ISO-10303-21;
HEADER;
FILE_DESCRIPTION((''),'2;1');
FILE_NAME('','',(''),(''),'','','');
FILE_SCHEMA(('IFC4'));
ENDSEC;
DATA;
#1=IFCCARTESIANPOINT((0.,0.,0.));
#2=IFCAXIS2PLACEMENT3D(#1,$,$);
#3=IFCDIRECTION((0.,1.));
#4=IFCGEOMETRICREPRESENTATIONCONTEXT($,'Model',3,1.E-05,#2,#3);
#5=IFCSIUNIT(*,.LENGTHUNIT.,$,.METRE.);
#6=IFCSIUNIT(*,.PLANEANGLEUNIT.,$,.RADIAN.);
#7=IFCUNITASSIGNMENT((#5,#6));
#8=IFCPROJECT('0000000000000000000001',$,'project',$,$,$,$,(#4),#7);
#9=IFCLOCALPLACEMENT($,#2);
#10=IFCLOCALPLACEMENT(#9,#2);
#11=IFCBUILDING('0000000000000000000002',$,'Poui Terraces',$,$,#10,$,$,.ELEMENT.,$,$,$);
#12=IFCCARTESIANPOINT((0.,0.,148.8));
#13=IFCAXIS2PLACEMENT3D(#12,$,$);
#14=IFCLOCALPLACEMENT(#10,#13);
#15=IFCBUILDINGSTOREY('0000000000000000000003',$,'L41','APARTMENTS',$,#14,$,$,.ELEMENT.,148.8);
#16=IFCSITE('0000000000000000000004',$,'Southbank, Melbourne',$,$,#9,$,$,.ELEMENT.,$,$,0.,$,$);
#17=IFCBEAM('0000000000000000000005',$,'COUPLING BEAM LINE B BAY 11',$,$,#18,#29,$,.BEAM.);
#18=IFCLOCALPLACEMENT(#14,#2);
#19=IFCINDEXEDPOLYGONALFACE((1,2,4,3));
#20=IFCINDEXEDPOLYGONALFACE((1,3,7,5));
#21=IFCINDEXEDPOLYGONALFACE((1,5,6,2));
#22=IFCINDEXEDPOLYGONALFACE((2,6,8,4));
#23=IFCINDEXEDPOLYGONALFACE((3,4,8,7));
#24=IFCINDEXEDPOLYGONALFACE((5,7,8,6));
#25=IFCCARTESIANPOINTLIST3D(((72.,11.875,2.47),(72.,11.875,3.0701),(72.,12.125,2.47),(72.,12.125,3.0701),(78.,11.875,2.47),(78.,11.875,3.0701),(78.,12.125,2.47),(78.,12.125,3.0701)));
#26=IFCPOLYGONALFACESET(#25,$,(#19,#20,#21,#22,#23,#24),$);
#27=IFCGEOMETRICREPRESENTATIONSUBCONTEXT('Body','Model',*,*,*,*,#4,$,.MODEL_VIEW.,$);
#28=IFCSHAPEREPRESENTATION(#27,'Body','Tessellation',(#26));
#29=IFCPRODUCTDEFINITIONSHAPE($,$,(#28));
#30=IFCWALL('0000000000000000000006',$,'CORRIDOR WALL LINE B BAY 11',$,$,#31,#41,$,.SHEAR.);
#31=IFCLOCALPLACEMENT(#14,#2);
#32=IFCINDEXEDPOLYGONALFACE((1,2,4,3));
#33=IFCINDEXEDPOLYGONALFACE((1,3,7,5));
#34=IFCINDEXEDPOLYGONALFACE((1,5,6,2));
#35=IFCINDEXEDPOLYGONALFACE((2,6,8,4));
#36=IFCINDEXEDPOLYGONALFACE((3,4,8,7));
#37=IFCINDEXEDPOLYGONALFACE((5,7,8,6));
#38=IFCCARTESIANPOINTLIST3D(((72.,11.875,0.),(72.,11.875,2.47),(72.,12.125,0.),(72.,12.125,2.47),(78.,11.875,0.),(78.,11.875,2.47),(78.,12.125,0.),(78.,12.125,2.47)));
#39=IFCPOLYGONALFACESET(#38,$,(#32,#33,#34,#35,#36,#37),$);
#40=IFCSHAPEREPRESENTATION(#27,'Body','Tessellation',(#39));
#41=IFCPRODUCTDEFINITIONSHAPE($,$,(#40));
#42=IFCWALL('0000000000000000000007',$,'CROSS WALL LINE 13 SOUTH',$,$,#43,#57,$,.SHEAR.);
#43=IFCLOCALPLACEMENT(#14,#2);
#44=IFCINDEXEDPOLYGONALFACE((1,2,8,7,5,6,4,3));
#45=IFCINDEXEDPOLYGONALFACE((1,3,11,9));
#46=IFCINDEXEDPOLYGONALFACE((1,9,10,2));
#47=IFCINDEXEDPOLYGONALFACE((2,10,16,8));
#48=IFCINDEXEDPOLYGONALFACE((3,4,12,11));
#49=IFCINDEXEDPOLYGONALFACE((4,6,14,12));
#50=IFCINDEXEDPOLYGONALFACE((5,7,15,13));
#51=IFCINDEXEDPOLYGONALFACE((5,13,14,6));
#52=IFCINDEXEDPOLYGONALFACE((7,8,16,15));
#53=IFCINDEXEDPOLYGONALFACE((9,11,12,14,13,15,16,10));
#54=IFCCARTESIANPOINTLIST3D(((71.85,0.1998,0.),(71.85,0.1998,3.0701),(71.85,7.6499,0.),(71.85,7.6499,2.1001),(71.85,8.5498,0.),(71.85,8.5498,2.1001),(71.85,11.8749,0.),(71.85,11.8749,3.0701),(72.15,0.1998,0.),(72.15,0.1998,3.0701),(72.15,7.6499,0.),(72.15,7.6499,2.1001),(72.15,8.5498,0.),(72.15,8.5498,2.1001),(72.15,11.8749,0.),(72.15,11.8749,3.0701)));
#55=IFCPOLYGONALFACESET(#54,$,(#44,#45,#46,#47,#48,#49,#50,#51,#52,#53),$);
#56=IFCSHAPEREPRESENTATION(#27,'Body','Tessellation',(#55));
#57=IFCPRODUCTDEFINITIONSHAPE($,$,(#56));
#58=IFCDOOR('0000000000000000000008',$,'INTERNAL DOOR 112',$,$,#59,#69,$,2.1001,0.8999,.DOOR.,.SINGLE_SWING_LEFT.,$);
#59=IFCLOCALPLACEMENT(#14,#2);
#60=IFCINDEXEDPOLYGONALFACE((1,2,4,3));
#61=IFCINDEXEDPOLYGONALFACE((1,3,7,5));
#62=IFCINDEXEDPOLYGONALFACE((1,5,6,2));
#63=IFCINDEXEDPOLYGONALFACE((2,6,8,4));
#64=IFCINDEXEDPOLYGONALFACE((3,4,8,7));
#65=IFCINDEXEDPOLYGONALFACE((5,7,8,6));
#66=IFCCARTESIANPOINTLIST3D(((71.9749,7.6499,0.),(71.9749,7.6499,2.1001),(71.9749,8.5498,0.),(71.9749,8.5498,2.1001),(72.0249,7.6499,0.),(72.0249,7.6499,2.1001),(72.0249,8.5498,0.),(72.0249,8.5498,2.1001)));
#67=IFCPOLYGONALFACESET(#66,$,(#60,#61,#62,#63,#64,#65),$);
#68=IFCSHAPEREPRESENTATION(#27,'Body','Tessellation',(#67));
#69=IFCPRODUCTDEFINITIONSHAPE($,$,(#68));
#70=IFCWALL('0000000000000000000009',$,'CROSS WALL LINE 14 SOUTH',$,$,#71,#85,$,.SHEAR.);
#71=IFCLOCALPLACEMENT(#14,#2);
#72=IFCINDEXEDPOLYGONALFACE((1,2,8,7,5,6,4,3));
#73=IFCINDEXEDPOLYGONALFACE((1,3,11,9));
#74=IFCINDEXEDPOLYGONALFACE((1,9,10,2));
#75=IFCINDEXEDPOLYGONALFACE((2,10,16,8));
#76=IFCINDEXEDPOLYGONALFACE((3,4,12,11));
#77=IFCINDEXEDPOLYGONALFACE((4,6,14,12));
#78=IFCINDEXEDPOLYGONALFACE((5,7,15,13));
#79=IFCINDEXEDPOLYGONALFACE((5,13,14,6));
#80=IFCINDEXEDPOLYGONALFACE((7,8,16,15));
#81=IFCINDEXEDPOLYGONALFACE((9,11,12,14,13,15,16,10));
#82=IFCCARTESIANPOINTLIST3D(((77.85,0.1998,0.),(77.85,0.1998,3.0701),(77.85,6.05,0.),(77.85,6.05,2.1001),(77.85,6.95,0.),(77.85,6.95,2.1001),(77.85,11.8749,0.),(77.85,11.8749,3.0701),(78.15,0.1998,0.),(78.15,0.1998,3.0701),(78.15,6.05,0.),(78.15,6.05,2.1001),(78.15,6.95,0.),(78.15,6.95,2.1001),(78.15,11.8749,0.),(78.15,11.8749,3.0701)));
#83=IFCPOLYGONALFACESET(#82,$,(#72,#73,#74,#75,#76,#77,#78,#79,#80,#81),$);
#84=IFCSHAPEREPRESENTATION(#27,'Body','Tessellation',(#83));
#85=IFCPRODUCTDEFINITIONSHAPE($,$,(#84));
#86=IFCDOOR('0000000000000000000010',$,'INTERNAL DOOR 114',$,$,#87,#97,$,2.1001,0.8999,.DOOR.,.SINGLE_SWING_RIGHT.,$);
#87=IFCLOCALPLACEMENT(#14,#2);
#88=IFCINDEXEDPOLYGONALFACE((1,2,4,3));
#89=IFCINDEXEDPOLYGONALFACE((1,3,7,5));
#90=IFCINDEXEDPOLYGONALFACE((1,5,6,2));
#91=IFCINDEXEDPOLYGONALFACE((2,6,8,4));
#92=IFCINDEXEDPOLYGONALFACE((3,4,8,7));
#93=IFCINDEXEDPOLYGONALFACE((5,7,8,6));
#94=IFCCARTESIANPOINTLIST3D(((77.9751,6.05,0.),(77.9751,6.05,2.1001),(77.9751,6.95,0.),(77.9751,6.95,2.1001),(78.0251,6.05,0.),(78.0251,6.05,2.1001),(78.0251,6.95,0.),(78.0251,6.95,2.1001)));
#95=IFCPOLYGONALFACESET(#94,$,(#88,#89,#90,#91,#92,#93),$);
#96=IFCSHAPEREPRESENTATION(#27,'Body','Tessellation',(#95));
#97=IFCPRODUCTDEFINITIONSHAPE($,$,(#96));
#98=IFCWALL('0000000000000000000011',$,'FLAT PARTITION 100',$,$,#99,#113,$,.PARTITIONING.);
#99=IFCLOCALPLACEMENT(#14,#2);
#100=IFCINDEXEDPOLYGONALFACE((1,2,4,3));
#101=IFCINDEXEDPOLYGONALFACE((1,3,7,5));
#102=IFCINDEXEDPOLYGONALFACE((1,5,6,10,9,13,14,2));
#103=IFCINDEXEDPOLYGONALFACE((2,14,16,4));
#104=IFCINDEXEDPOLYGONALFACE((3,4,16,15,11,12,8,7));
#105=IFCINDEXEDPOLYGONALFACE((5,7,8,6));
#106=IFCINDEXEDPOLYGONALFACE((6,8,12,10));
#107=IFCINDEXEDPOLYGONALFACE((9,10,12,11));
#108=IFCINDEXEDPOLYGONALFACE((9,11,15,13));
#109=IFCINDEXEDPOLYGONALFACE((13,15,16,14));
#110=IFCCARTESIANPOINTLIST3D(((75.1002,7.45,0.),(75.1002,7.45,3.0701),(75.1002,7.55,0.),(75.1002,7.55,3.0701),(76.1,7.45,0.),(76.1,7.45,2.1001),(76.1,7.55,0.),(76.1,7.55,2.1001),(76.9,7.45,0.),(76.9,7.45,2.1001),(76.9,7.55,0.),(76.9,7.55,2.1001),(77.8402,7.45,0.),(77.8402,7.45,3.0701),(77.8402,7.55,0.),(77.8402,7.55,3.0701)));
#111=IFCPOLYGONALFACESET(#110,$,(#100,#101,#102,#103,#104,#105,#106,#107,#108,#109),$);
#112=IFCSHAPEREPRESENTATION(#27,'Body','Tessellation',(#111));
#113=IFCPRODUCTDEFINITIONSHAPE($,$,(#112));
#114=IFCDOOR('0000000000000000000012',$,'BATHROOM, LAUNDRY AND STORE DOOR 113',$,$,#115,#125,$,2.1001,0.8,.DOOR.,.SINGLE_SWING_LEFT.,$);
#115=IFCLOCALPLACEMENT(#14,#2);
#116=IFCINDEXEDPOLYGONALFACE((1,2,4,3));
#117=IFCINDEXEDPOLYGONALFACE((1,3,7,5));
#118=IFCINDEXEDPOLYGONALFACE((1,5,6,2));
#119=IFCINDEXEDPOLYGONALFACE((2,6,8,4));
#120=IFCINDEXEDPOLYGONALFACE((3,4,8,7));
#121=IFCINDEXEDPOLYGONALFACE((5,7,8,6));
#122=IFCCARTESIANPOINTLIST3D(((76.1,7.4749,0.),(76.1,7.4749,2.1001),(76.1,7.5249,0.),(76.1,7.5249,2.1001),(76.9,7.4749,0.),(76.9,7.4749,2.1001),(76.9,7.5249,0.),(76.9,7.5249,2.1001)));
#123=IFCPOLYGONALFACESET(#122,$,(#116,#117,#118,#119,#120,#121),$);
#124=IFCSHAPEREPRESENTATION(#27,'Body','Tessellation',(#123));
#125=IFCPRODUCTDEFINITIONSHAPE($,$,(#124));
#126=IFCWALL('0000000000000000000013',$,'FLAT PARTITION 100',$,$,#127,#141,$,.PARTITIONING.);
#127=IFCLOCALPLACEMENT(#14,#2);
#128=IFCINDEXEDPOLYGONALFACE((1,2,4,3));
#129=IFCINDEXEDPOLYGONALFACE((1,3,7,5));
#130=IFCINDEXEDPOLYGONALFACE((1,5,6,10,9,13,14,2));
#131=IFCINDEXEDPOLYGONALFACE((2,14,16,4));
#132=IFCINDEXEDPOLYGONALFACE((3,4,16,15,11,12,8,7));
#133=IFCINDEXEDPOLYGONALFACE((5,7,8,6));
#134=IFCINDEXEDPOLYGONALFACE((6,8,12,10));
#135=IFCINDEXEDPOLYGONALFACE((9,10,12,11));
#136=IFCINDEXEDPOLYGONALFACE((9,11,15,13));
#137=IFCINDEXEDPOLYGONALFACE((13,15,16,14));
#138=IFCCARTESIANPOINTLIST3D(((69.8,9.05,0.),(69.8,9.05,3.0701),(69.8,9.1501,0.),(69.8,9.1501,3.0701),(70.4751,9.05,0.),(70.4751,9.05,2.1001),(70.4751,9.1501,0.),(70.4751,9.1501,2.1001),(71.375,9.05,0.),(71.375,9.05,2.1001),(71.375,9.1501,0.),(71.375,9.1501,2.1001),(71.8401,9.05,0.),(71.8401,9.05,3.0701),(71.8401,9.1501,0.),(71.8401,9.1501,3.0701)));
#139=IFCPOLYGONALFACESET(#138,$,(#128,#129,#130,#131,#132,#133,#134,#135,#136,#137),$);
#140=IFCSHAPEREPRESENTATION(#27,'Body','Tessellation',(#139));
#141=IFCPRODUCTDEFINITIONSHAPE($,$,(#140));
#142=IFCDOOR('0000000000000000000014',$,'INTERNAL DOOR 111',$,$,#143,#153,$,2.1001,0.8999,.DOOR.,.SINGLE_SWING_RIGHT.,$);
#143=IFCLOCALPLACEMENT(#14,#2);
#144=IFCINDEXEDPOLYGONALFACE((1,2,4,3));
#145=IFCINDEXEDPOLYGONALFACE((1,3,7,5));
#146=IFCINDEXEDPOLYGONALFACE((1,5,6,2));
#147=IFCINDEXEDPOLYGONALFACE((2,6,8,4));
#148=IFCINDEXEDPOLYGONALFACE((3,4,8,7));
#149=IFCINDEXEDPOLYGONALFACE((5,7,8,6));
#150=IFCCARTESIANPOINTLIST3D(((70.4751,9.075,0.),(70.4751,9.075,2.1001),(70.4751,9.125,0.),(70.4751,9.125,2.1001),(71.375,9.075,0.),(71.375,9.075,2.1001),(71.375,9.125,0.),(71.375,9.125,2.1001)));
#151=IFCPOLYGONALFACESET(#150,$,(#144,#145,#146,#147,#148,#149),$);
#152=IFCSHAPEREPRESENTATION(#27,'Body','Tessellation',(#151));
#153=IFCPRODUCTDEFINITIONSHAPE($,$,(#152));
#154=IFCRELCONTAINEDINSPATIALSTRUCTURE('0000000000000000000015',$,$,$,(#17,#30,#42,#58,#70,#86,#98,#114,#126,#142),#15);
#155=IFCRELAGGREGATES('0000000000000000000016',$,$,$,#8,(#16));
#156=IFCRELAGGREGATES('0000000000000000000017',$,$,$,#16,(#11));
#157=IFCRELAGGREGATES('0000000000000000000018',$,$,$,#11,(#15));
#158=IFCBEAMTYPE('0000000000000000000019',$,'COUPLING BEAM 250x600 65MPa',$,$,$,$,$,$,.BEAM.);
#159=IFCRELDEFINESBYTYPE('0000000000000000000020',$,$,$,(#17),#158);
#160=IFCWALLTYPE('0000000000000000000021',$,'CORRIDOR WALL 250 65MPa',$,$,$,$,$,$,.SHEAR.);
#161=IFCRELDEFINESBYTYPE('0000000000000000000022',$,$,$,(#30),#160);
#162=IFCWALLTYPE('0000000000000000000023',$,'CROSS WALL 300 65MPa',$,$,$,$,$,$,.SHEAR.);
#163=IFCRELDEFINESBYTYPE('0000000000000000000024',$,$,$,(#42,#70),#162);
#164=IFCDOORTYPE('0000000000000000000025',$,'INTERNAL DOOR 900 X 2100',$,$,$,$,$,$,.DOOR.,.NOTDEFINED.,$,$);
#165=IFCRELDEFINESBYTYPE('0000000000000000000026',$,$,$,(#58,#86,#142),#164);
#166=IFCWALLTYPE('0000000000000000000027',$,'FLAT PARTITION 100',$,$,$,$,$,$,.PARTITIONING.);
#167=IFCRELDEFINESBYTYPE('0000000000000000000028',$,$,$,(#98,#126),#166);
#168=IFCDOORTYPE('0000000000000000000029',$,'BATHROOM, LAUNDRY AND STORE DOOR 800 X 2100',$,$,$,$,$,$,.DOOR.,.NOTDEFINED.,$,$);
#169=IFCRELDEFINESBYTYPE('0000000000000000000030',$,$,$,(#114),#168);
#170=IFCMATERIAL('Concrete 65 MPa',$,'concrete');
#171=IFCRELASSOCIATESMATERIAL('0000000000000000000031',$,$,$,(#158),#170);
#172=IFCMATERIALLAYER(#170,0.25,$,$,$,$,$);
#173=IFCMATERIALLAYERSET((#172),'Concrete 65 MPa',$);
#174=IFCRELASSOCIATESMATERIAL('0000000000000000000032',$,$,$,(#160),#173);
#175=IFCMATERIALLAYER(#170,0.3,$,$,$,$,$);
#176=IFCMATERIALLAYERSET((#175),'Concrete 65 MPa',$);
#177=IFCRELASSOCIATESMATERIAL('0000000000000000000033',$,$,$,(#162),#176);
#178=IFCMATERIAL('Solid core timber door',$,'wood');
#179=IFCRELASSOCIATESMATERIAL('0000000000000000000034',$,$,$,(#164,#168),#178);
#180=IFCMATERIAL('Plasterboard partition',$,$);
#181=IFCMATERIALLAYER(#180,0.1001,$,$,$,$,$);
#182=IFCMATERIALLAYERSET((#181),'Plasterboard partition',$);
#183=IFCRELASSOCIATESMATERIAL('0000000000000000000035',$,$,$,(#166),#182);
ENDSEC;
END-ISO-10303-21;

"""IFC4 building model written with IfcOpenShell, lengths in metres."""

from ifc_helpers import new_model, si_unit, direction, frame, frame_2d, origin, origin_2d, place, context, subcontext, project, spatial, rectangle, extrude, source, transform, mapped, material, layer, layer_set, material_profile, profile_set, type_object, element, fill, save


model = new_model("IFC4")

# Units and contexts
model_context = context("Model", 3, precision=1e-05, world=origin(), true_north=direction((0.0, 1.0)))
body_context = subcontext(model_context, "Body", "Model", "MODEL_VIEW")
ifc_project = project(units=[si_unit("LENGTHUNIT", "METRE"), si_unit("PLANEANGLEUNIT", "RADIAN")], contexts=[model_context])

# Site, building, storey
site_placement = place(None, origin())
site = spatial("IfcSite", under=ifc_project, at=site_placement, Name="Southbank, Melbourne", CompositionType="ELEMENT", RefElevation=0.0)
building_placement = place(site_placement, origin())
building = spatial("IfcBuilding", under=site, at=building_placement, Name="Poui Terraces", CompositionType="ELEMENT")
storey_placement = place(building_placement, frame((0.0, 0.0, 148.8)))
storey = spatial("IfcBuildingStorey", under=building, at=storey_placement, Name="L41", Description="APARTMENTS", CompositionType="ELEMENT", Elevation=148.8)

# Beam
ifc_material_1 = material(Name="Concrete 65 MPa", Category="concrete")
ifc_material_profile = material_profile(ifc_material_1, rectangle(XDim=0.25, YDim=0.6001, at=origin_2d()), Name="RC 250x600")
ifc_profile_set = profile_set([ifc_material_profile], Name="Concrete 65 MPa")
beam_type = type_object("IfcBeamType", Name="COUPLING BEAM 250x600 65MPa", PredefinedType="BEAM", material=ifc_profile_set)
shared_shape = source(origin(), body_context, "Body", "SweptSolid", [
    extrude(rectangle(XDim=0.25, YDim=0.6001, at=origin_2d()), origin(), (0.0, 0.0, 1.0), 6.0),
])
beam_placement = place(storey_placement, frame((72.0, 12.0, 2.77), z_axis=(1.0, 0.0, 0.0), x_axis=(0.0, 1.0, 0.0)))
element("IfcBeam", 1, at=beam_placement, inside=storey, type_object=beam_type, Name="COUPLING BEAM LINE B BAY 11", PredefinedType="BEAM", context=body_context, shape_type="MappedRepresentation", body=[
    mapped(shared_shape, transform((0.0, 0.0, 0.0))),
])

# Wall
ifc_layer_1 = layer(ifc_material_1, 0.25)
ifc_layer_set_1 = layer_set([ifc_layer_1], Name="Concrete 65 MPa")
wall_type_1 = type_object("IfcWallType", Name="CORRIDOR WALL 250 65MPa", PredefinedType="SHEAR", material=ifc_layer_set_1)
wall_1_placement = place(storey_placement, frame((72.0, 12.0, 0.0), z_axis=(0.0, 0.0, 1.0), x_axis=(1.0, 0.0, 0.0)))
element("IfcWall", 2, at=wall_1_placement, inside=storey, type_object=wall_type_1, Name="CORRIDOR WALL LINE B BAY 11", PredefinedType="SHEAR", context=body_context, shape_type="SweptSolid", body=[
    extrude(rectangle(XDim=6.0, YDim=0.25, at=frame_2d((3.0, 0.0))), origin(), (0.0, 0.0, 1.0), 2.47),
])

# Walls, openings, doors
ifc_layer_2 = layer(ifc_material_1, 0.3)
ifc_layer_set_2 = layer_set([ifc_layer_2], Name="Concrete 65 MPa")
wall_type_2 = type_object("IfcWallType", Name="CROSS WALL 300 65MPa", PredefinedType="SHEAR", material=ifc_layer_set_2)
wall_2_placement = place(storey_placement, frame((72.0, 0.2, 0.0), z_axis=(0.0, 0.0, 1.0), x_axis=(0.0, 1.0, 0.0)))
wall_2 = element("IfcWall", 3, at=wall_2_placement, inside=storey, type_object=wall_type_2, Name="CROSS WALL LINE 13 SOUTH", PredefinedType="SHEAR", context=body_context, shape_type="SweptSolid", body=[
    extrude(rectangle(XDim=11.675, YDim=0.3, at=frame_2d((5.8374, 0.0))), origin(), (0.0, 0.0, 1.0), 3.0701),
])
opening_1_placement = place(wall_2_placement, frame((7.45, 0.0, 0.0)))
opening_1 = element("IfcOpeningElement", 4, at=opening_1_placement, cuts=wall_2, PredefinedType="OPENING", context=body_context, shape_type="SweptSolid", body=[
    extrude(rectangle(XDim=0.8999, YDim=2.1001, at=frame_2d((0.45, 1.05))), frame((0.0, 0.1602, 0.0), z_axis=(0.0, -1.0, 0.0), x_axis=(1.0, 0.0, 0.0)), (0.0, 0.0, 1.0), 0.3201),
])
ifc_material_2 = material(Name="Solid core timber door", Category="wood")
door_type_1 = type_object("IfcDoorType", Name="INTERNAL DOOR 900 X 2100", OperationType="NOTDEFINED", PredefinedType="DOOR", material=ifc_material_2)
door_1_placement = place(opening_1_placement, frame((0.8999, 0.0, 0.0), z_axis=(0.0, 0.0, 1.0), x_axis=(-1.0, 0.0, 0.0)))
door_1 = element("IfcDoor", 5, at=door_1_placement, inside=storey, type_object=door_type_1, Name="INTERNAL DOOR 112", OperationType="SINGLE_SWING_LEFT", OverallHeight=2.1001, OverallWidth=0.8999, PredefinedType="DOOR", context=body_context, shape_type="SweptSolid", body=[
    extrude(rectangle(XDim=0.8999, YDim=2.1001, at=frame_2d((0.45, 1.05))), frame((0.0, 0.0249, 0.0), z_axis=(0.0, -1.0, 0.0), x_axis=(1.0, 0.0, 0.0)), (0.0, 0.0, 1.0), 0.05),
])
fill(opening_1, door_1)
wall_3_placement = place(storey_placement, frame((78.0, 0.2, 0.0), z_axis=(0.0, 0.0, 1.0), x_axis=(0.0, 1.0, 0.0)))
wall_3 = element("IfcWall", 6, at=wall_3_placement, inside=storey, type_object=wall_type_2, Name="CROSS WALL LINE 14 SOUTH", PredefinedType="SHEAR", context=body_context, shape_type="SweptSolid", body=[
    extrude(rectangle(XDim=11.675, YDim=0.3, at=frame_2d((5.8374, 0.0))), origin(), (0.0, 0.0, 1.0), 3.0701),
])
opening_2_placement = place(wall_3_placement, frame((5.8501, 0.0, 0.0)))
opening_2 = element("IfcOpeningElement", 7, at=opening_2_placement, cuts=wall_3, PredefinedType="OPENING", context=body_context, shape_type="SweptSolid", body=[
    extrude(rectangle(XDim=0.8999, YDim=2.1001, at=frame_2d((0.45, 1.05))), frame((0.0, 0.1602, 0.0), z_axis=(0.0, -1.0, 0.0), x_axis=(1.0, 0.0, 0.0)), (0.0, 0.0, 1.0), 0.3201),
])
door_2_placement = place(opening_2_placement, origin())
door_2 = element("IfcDoor", 8, at=door_2_placement, inside=storey, type_object=door_type_1, Name="INTERNAL DOOR 114", OperationType="SINGLE_SWING_RIGHT", OverallHeight=2.1001, OverallWidth=0.8999, PredefinedType="DOOR", context=body_context, shape_type="SweptSolid", body=[
    extrude(rectangle(XDim=0.8999, YDim=2.1001, at=frame_2d((0.45, 1.05))), frame((0.0, 0.0249, 0.0), z_axis=(0.0, -1.0, 0.0), x_axis=(1.0, 0.0, 0.0)), (0.0, 0.0, 1.0), 0.05),
])
fill(opening_2, door_2)
ifc_material_3 = material(Name="Plasterboard partition")
ifc_layer_3 = layer(ifc_material_3, 0.1001)
ifc_layer_set_3 = layer_set([ifc_layer_3], Name="Plasterboard partition")
wall_type_3 = type_object("IfcWallType", Name="FLAT PARTITION 100", PredefinedType="PARTITIONING", material=ifc_layer_set_3)
wall_4_placement = place(storey_placement, frame((75.1001, 7.5, 0.0), z_axis=(0.0, 0.0, 1.0), x_axis=(1.0, 0.0, 0.0)))
wall_4 = element("IfcWall", 9, at=wall_4_placement, inside=storey, type_object=wall_type_3, Name="FLAT PARTITION 100", PredefinedType="PARTITIONING", context=body_context, shape_type="SweptSolid", body=[
    extrude(rectangle(XDim=2.74, YDim=0.1001, at=frame_2d((1.3701, 0.0))), origin(), (0.0, 0.0, 1.0), 3.0701),
])
opening_3_placement = place(wall_4_placement, frame((1.0, 0.0, 0.0)))
opening_3 = element("IfcOpeningElement", 10, at=opening_3_placement, cuts=wall_4, PredefinedType="OPENING", context=body_context, shape_type="SweptSolid", body=[
    extrude(rectangle(XDim=0.8, YDim=2.1001, at=frame_2d((0.3999, 1.05))), frame((0.0, 0.0601, 0.0), z_axis=(0.0, -1.0, 0.0), x_axis=(1.0, 0.0, 0.0)), (0.0, 0.0, 1.0), 0.1201),
])
door_type_2 = type_object("IfcDoorType", Name="BATHROOM, LAUNDRY AND STORE DOOR 800 X 2100", OperationType="NOTDEFINED", PredefinedType="DOOR", material=ifc_material_2)
door_3_placement = place(opening_3_placement, origin())
door_3 = element("IfcDoor", 11, at=door_3_placement, inside=storey, type_object=door_type_2, Name="BATHROOM, LAUNDRY AND STORE DOOR 113", OperationType="SINGLE_SWING_LEFT", OverallHeight=2.1001, OverallWidth=0.8, PredefinedType="DOOR", context=body_context, shape_type="SweptSolid", body=[
    extrude(rectangle(XDim=0.8, YDim=2.1001, at=frame_2d((0.3999, 1.05))), frame((0.0, 0.0249, 0.0), z_axis=(0.0, -1.0, 0.0), x_axis=(1.0, 0.0, 0.0)), (0.0, 0.0, 1.0), 0.05),
])
fill(opening_3, door_3)
wall_5_placement = place(storey_placement, frame((69.8, 9.1001, 0.0), z_axis=(0.0, 0.0, 1.0), x_axis=(1.0, 0.0, 0.0)))
wall_5 = element("IfcWall", 12, at=wall_5_placement, inside=storey, type_object=wall_type_3, Name="FLAT PARTITION 100", PredefinedType="PARTITIONING", context=body_context, shape_type="SweptSolid", body=[
    extrude(rectangle(XDim=2.04, YDim=0.1001, at=frame_2d((1.02, 0.0))), origin(), (0.0, 0.0, 1.0), 3.0701),
])
opening_4_placement = place(wall_5_placement, frame((0.675, 0.0, 0.0)))
opening_4 = element("IfcOpeningElement", 13, at=opening_4_placement, cuts=wall_5, PredefinedType="OPENING", context=body_context, shape_type="SweptSolid", body=[
    extrude(rectangle(XDim=0.8999, YDim=2.1001, at=frame_2d((0.45, 1.05))), frame((0.0, 0.0601, 0.0), z_axis=(0.0, -1.0, 0.0), x_axis=(1.0, 0.0, 0.0)), (0.0, 0.0, 1.0), 0.1201),
])
door_4_placement = place(opening_4_placement, origin())
door_4 = element("IfcDoor", 14, at=door_4_placement, inside=storey, type_object=door_type_1, Name="INTERNAL DOOR 111", OperationType="SINGLE_SWING_RIGHT", OverallHeight=2.1001, OverallWidth=0.8999, PredefinedType="DOOR", context=body_context, shape_type="SweptSolid", body=[
    extrude(rectangle(XDim=0.8999, YDim=2.1001, at=frame_2d((0.45, 1.05))), frame((0.0, 0.0249, 0.0), z_axis=(0.0, -1.0, 0.0), x_axis=(1.0, 0.0, 0.0)), (0.0, 0.0, 1.0), 0.05),
])
fill(opening_4, door_4)

save(model, "model.ifc")
